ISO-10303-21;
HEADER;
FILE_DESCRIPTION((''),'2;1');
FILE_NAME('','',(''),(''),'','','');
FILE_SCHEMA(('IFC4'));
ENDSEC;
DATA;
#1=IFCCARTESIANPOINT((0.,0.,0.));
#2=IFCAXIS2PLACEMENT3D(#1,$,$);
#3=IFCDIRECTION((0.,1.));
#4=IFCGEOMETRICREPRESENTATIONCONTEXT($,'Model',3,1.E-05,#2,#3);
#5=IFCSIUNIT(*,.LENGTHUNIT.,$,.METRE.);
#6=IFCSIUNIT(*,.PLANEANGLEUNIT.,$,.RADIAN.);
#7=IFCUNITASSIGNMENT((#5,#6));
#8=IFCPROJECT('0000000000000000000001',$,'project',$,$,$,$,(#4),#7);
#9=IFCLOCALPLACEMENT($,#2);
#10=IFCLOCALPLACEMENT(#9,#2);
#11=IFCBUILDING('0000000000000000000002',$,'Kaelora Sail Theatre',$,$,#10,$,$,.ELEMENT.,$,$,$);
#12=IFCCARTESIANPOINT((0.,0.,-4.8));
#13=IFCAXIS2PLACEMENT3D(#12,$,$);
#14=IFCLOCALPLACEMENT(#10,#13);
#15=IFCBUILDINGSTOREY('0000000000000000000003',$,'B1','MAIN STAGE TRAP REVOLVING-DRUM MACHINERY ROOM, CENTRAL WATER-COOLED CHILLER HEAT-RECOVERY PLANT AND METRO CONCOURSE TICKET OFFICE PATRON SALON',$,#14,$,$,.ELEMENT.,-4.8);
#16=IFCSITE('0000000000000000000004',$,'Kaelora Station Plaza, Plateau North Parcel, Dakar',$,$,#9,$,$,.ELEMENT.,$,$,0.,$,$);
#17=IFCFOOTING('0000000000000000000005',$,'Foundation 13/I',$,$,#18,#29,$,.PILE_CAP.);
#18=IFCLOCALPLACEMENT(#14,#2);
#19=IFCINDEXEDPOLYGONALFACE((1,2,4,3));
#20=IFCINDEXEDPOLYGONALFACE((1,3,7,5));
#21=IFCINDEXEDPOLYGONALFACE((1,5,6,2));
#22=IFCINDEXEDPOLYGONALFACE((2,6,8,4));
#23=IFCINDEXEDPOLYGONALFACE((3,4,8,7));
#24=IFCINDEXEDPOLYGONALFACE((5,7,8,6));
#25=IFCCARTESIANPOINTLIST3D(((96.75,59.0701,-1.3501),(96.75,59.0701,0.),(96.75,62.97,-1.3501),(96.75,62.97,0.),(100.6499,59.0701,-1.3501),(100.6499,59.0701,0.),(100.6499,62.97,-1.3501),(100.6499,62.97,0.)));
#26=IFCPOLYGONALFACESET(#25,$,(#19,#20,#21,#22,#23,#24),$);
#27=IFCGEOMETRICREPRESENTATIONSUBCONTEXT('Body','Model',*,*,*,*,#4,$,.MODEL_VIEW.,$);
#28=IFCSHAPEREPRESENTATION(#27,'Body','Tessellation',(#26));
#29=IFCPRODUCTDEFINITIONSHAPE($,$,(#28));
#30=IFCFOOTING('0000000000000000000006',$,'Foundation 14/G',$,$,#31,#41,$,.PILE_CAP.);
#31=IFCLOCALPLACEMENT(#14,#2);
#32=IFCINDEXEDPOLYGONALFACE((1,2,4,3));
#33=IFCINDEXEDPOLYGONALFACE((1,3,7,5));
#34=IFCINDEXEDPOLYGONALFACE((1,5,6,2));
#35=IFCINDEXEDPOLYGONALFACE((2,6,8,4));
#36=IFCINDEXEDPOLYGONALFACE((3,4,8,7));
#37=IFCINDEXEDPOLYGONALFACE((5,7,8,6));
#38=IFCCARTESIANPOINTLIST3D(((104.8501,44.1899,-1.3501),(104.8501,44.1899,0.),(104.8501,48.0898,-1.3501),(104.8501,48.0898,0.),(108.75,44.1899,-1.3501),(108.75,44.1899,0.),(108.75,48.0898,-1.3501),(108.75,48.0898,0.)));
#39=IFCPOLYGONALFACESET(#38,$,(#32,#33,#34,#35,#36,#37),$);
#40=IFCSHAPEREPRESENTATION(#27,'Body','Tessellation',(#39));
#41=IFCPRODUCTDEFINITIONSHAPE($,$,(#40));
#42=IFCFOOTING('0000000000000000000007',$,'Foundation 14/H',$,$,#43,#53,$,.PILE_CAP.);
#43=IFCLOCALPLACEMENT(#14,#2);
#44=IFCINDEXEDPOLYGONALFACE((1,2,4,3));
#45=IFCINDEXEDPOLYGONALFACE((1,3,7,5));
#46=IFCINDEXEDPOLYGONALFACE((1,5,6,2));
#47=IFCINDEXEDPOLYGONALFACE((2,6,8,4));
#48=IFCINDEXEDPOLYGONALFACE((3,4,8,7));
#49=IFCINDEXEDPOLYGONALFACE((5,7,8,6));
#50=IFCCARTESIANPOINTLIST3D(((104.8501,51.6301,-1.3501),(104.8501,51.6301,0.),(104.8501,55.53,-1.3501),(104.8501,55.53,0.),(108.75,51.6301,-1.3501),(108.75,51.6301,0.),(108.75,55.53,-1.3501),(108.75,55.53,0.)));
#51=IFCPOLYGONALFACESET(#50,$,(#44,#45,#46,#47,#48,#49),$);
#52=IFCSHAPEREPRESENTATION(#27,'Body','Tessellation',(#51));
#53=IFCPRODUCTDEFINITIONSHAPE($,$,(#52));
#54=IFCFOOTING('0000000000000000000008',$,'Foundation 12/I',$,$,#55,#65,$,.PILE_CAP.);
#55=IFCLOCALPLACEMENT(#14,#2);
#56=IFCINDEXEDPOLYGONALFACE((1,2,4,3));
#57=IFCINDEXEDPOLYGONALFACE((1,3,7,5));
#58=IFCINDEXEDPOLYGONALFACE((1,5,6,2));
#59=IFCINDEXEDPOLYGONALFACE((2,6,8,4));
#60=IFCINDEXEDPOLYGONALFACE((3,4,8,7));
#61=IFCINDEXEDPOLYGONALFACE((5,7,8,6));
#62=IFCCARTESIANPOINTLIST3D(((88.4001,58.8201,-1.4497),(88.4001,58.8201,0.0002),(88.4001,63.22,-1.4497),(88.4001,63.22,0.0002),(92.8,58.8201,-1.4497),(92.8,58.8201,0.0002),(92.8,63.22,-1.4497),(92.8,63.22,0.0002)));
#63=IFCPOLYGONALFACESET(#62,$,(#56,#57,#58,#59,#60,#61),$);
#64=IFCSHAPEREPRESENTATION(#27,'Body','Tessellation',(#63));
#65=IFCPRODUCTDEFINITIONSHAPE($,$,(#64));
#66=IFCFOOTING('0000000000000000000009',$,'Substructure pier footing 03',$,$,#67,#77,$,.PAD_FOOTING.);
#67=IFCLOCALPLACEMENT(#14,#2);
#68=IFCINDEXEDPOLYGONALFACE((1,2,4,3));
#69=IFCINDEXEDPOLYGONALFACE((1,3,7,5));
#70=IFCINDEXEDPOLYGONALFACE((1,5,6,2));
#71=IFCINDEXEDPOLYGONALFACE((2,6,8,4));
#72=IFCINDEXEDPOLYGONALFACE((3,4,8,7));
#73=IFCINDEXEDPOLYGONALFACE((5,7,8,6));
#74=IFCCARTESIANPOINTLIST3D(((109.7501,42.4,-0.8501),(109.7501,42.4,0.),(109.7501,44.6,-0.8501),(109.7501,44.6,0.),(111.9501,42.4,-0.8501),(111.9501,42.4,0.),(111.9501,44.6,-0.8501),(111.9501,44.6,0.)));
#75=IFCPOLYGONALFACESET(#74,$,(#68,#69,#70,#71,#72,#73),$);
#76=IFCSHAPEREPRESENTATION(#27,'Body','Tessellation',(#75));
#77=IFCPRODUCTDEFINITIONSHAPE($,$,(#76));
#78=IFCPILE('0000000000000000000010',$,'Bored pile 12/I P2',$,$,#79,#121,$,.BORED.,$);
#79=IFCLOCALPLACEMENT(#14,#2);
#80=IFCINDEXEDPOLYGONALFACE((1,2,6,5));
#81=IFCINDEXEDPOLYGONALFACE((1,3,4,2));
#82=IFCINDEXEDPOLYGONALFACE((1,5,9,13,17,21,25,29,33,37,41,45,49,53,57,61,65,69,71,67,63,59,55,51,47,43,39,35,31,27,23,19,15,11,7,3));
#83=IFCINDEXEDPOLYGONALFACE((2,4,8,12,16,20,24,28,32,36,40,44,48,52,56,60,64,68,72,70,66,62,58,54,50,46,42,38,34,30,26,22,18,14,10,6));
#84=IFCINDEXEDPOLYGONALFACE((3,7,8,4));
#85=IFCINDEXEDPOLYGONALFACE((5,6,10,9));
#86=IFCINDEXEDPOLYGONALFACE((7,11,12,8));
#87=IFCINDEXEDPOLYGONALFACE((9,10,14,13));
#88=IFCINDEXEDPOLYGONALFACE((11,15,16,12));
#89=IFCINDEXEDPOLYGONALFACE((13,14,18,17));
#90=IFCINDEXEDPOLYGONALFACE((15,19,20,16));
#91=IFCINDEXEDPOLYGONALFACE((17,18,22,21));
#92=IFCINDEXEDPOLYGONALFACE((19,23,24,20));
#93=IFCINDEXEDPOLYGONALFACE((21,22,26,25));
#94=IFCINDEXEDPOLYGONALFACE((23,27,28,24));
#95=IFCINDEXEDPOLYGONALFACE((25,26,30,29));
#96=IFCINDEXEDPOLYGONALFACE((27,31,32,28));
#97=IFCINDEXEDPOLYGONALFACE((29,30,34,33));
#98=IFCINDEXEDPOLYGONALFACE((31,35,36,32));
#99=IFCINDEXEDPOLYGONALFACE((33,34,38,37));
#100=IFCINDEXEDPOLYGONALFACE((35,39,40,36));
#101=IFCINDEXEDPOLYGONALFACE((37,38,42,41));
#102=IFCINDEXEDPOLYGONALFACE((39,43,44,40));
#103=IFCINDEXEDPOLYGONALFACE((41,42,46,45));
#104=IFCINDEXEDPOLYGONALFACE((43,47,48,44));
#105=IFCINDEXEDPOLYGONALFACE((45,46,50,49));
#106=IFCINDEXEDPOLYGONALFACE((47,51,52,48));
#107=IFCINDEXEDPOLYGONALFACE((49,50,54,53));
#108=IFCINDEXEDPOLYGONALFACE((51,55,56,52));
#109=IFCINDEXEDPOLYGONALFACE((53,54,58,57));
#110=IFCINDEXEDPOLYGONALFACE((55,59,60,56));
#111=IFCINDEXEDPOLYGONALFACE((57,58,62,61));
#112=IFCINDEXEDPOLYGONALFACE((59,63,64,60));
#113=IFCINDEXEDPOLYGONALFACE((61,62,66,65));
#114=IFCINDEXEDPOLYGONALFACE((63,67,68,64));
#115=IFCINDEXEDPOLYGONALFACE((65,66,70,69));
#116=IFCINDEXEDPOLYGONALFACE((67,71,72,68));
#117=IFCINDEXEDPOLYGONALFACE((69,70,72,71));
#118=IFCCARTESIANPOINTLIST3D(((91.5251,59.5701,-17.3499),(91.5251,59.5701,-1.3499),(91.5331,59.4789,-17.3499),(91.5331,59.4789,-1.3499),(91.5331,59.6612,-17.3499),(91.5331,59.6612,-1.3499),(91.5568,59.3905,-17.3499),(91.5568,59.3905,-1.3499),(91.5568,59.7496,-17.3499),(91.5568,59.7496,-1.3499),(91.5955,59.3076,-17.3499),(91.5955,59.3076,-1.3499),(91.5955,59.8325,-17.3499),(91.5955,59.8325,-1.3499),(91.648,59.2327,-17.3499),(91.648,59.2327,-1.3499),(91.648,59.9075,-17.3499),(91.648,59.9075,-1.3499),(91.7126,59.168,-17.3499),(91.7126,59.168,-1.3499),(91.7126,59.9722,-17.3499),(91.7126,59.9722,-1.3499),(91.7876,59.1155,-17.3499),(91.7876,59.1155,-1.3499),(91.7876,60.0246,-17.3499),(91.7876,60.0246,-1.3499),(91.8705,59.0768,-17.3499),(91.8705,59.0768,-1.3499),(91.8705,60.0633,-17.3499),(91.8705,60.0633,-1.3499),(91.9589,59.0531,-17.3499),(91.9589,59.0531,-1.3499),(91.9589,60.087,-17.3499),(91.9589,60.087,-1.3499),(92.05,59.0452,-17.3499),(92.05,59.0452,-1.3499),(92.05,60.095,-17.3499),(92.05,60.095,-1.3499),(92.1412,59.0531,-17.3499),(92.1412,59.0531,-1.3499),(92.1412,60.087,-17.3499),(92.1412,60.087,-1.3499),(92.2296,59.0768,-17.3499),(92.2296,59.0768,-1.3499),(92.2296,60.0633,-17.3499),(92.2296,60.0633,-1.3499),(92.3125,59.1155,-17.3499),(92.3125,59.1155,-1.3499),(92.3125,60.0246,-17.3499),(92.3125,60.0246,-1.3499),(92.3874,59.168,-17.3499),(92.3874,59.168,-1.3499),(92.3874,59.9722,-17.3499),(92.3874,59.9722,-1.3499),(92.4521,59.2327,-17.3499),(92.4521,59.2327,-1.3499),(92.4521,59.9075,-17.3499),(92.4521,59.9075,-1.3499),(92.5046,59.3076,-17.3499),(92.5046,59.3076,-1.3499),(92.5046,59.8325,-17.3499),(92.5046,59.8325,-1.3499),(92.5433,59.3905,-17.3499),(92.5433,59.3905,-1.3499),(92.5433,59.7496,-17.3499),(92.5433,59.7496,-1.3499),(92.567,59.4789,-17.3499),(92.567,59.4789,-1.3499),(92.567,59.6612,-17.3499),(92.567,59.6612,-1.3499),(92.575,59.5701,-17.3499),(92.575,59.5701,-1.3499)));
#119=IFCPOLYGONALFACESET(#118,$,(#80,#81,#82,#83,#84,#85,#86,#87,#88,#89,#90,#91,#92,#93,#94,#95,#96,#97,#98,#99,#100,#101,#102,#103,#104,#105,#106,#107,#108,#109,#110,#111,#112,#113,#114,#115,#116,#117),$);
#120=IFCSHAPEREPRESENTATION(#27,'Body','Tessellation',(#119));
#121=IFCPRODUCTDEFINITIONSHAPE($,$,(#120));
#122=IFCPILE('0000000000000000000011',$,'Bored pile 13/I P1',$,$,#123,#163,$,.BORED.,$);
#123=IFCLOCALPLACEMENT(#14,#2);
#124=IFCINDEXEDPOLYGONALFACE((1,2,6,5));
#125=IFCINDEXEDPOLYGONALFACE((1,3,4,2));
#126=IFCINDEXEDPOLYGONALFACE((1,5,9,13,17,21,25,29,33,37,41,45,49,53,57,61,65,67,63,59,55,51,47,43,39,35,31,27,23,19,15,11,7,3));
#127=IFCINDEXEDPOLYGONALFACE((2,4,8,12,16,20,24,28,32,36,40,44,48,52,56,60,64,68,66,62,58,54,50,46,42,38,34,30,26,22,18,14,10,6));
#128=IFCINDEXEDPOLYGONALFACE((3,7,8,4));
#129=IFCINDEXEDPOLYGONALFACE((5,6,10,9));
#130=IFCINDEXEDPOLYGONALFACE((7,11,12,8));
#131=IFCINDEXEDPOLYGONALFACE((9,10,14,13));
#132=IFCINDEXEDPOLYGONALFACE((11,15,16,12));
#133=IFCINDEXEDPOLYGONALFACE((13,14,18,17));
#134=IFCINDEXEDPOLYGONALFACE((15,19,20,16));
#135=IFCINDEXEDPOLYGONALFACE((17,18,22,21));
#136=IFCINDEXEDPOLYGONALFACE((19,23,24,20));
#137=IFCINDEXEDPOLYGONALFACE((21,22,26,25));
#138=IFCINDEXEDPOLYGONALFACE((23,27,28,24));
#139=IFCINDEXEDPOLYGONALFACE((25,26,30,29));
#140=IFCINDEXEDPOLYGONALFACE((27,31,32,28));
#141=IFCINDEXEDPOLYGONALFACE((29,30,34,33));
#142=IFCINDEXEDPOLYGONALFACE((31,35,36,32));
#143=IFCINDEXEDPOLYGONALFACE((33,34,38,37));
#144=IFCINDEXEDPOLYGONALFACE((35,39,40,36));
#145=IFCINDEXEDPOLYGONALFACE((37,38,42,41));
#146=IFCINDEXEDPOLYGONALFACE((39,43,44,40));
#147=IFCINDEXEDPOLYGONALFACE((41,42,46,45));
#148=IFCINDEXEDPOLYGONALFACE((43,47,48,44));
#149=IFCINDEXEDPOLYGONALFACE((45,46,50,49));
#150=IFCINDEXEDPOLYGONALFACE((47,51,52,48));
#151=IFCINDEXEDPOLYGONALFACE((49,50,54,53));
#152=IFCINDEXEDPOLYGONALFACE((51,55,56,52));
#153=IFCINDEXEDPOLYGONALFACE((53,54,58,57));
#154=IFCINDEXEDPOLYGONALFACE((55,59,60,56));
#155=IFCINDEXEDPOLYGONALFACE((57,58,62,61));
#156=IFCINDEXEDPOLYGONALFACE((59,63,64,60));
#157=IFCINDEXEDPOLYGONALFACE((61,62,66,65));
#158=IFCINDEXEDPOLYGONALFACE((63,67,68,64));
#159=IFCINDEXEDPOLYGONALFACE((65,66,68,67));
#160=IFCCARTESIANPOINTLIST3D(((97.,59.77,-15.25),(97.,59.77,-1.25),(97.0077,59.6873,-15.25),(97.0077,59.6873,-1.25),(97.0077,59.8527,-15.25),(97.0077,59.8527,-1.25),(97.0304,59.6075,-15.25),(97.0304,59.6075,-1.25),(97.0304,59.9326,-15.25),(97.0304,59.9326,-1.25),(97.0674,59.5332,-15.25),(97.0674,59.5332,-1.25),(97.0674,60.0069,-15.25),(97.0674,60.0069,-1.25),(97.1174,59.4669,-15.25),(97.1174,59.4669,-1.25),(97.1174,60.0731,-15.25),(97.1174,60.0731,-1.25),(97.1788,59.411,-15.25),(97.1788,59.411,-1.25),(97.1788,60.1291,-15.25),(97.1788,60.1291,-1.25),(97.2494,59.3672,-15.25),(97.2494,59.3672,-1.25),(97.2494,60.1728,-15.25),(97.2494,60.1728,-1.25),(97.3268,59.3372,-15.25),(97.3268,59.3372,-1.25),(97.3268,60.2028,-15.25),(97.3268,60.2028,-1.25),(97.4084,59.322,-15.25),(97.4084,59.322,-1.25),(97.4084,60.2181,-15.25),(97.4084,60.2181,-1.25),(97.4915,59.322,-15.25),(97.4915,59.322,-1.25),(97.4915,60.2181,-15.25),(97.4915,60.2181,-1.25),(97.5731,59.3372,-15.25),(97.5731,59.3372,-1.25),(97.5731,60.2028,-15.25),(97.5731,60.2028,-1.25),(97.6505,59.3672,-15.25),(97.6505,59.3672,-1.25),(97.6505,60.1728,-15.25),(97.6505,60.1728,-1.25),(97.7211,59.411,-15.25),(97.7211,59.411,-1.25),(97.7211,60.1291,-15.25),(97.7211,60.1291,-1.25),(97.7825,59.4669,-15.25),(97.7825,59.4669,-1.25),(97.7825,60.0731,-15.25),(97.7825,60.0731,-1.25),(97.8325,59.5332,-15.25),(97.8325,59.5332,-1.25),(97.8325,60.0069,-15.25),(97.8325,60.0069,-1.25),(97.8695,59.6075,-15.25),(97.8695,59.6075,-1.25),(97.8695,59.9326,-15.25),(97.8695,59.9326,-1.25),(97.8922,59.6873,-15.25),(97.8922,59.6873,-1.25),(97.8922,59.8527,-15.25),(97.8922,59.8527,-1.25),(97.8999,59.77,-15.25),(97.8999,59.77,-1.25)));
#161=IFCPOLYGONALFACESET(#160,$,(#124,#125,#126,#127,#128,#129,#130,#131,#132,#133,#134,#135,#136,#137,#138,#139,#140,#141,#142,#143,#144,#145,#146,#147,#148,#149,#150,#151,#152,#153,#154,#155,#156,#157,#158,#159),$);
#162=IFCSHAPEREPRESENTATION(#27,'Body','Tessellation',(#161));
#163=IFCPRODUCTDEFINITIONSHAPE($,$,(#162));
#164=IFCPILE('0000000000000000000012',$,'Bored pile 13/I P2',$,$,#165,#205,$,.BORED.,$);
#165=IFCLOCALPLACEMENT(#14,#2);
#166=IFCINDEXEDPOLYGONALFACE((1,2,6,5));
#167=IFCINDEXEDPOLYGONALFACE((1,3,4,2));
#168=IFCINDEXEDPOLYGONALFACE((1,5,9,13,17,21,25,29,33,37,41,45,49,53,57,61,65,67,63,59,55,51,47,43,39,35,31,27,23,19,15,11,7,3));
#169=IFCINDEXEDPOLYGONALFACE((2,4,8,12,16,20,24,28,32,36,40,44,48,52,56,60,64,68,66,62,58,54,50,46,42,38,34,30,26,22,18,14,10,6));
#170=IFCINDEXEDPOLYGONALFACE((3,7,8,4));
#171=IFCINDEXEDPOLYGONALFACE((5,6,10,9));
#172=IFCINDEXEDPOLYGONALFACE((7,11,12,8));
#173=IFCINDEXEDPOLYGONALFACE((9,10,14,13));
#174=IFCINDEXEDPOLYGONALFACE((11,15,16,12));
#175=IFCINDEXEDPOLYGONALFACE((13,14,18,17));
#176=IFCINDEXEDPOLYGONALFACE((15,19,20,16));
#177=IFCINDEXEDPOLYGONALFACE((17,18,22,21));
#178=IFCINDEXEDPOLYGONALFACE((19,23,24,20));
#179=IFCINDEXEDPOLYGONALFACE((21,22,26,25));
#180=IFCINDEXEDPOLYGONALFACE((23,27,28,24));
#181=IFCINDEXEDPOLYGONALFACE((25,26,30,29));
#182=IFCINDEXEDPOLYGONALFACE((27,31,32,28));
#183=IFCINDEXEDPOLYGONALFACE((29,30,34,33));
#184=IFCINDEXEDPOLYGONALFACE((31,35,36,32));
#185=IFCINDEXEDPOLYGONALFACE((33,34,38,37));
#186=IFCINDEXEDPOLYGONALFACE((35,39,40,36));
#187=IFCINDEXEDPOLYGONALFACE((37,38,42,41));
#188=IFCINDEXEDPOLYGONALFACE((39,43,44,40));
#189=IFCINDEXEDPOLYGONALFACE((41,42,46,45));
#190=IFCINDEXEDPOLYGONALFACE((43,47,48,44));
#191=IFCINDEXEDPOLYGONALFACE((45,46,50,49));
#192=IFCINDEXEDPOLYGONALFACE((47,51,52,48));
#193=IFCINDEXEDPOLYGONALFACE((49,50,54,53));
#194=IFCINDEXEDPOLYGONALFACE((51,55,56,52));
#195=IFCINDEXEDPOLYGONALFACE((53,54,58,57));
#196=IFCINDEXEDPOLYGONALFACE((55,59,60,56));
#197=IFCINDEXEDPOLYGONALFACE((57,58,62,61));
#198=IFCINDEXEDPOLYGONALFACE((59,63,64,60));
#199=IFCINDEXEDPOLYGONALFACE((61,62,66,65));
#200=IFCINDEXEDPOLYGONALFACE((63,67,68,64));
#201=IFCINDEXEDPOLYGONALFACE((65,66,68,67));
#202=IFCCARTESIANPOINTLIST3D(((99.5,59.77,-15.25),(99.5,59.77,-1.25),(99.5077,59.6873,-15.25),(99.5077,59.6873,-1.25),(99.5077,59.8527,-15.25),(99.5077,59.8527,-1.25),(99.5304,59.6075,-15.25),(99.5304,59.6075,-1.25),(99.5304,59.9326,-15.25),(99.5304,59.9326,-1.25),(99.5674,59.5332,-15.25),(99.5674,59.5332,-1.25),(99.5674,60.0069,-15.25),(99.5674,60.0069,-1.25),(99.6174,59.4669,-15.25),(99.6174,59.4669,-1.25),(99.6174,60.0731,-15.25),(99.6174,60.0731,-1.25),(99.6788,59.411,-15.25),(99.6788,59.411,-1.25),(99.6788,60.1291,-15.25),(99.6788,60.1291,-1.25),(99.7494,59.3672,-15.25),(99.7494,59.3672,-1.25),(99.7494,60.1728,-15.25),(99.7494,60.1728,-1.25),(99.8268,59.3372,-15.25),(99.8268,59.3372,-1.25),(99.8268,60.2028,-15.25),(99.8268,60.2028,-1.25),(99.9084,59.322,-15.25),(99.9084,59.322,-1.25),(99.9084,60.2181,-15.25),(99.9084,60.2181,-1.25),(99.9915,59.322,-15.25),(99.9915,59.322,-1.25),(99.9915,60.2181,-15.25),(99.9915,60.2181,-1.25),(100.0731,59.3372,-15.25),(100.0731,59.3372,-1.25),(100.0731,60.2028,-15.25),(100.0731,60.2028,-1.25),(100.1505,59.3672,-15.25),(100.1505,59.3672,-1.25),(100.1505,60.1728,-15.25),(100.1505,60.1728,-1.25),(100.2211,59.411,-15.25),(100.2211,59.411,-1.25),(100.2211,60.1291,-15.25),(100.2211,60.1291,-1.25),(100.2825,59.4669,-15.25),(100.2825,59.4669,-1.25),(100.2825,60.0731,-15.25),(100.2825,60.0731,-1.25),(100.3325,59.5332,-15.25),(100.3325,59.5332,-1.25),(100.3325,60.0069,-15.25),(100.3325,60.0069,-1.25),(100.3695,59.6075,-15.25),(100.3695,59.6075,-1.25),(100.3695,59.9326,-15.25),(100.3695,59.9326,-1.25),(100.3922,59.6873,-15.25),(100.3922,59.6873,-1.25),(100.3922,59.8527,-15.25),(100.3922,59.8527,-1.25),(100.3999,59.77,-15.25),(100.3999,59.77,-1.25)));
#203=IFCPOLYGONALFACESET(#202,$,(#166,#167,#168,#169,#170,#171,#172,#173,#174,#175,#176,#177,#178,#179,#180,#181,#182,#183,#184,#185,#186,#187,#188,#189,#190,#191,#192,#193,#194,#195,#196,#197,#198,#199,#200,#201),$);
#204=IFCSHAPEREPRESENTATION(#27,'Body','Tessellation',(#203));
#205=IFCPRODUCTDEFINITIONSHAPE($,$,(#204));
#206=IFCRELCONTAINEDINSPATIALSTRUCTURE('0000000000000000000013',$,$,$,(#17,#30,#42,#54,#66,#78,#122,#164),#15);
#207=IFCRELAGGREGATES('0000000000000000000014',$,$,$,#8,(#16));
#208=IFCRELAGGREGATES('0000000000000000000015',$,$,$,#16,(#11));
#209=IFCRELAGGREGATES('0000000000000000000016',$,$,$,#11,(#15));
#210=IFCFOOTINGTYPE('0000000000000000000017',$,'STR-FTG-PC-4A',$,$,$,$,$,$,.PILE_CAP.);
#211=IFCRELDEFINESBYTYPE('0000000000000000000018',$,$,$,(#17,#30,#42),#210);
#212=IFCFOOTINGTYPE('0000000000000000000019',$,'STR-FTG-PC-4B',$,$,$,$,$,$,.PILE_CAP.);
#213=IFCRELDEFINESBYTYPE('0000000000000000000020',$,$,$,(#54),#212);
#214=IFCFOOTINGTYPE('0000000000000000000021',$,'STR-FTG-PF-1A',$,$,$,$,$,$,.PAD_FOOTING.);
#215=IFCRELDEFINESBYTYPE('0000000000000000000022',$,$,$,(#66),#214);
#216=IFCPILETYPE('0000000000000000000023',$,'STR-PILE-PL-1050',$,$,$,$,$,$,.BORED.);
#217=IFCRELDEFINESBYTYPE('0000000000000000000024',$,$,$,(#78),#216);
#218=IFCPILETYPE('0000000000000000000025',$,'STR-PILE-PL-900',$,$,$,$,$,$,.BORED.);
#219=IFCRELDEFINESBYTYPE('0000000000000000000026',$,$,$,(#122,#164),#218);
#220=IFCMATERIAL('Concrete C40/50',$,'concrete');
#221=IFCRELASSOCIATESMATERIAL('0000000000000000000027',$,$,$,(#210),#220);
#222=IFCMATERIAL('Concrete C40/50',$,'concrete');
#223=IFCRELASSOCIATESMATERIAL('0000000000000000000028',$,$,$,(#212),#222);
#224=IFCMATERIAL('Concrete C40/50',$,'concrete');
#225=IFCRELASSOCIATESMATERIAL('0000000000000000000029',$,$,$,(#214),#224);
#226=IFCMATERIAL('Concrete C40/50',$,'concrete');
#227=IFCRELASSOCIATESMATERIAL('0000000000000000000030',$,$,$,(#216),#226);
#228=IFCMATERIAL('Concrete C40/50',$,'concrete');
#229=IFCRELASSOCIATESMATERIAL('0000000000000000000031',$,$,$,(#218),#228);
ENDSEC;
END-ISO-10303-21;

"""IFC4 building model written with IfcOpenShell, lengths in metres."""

from ifc_helpers import new_model, si_unit, direction, frame, origin, origin_2d, place, context, subcontext, project, spatial, rectangle, circle, extrude, material, material_profile, profile_set, type_object, element, save


model = new_model("IFC4")

# Units and contexts
model_context = context("Model", 3, precision=1e-05, world=origin(), true_north=direction((0.0, 1.0)))
body_context = subcontext(model_context, "Body", "Model", "MODEL_VIEW")
ifc_project = project(units=[si_unit("LENGTHUNIT", "METRE"), si_unit("PLANEANGLEUNIT", "RADIAN")], contexts=[model_context])

# Site, building, storey
site_placement = place(None, origin())
site = spatial("IfcSite", under=ifc_project, at=site_placement, Name="Kaelora Station Plaza, Plateau North Parcel, Dakar", CompositionType="ELEMENT", RefElevation=0.0)
building_placement = place(site_placement, origin())
building = spatial("IfcBuilding", under=site, at=building_placement, Name="Kaelora Sail Theatre", CompositionType="ELEMENT")
storey_placement = place(building_placement, frame((0.0, 0.0, -4.8)))
storey = spatial("IfcBuildingStorey", under=building, at=storey_placement, Name="B1", Description="MAIN STAGE TRAP REVOLVING-DRUM MACHINERY ROOM, CENTRAL WATER-COOLED CHILLER HEAT-RECOVERY PLANT AND METRO CONCOURSE TICKET OFFICE PATRON SALON", CompositionType="ELEMENT", Elevation=-4.8)

# Footings
ifc_material_1 = material(Name="Concrete C40/50", Category="concrete")
footing_type_1 = type_object("IfcFootingType", Name="STR-FTG-PC-4A", PredefinedType="PILE_CAP", material=ifc_material_1)
for number, where, z_axis, x_axis, name in (
    (1, (98.7, 61.02, -1.3501), (0.0, 0.0, 1.0), (1.0, 0.0, 0.0), "Foundation 13/I"),
    (2, (106.8, 46.1399, -1.3501), (0.0, 0.0, 1.0), (1.0, 0.0, 0.0), "Foundation 14/G"),
    (3, (106.8, 53.5801, -1.3501), (0.0, 0.0, 1.0), (1.0, 0.0, 0.0), "Foundation 14/H"),
):
    element("IfcFooting", number, at=place(storey_placement, frame(where, z_axis=z_axis, x_axis=x_axis)), inside=storey, type_object=footing_type_1, Name=name, PredefinedType="PILE_CAP", context=body_context, shape_type="SweptSolid", body=[
        extrude(rectangle(XDim=3.8999, YDim=3.8999, at=origin_2d()), origin(), (0.0, 0.0, 1.0), 1.3501),
    ])
ifc_material_2 = material(Name="Concrete C40/50", Category="concrete")
footing_type_2 = type_object("IfcFootingType", Name="STR-FTG-PC-4B", PredefinedType="PILE_CAP", material=ifc_material_2)
footing_1_placement = place(storey_placement, frame((90.6001, 61.02, -1.4497), z_axis=(0.0, 0.0, 1.0), x_axis=(1.0, 0.0, 0.0)))
element("IfcFooting", 4, at=footing_1_placement, inside=storey, type_object=footing_type_2, Name="Foundation 12/I", PredefinedType="PILE_CAP", context=body_context, shape_type="SweptSolid", body=[
    extrude(rectangle(XDim=4.3999, YDim=4.3999, at=origin_2d()), origin(), (0.0, 0.0, 1.0), 1.45),
])
ifc_material_3 = material(Name="Concrete C40/50", Category="concrete")
footing_type_3 = type_object("IfcFootingType", Name="STR-FTG-PF-1A", PredefinedType="PAD_FOOTING", material=ifc_material_3)
footing_2_placement = place(storey_placement, frame((110.8501, 43.5, -0.8501), z_axis=(0.0, 0.0, 1.0), x_axis=(1.0, 0.0, 0.0)))
element("IfcFooting", 5, at=footing_2_placement, inside=storey, type_object=footing_type_3, Name="Substructure pier footing 03", PredefinedType="PAD_FOOTING", context=body_context, shape_type="SweptSolid", body=[
    extrude(rectangle(XDim=2.2, YDim=2.2, at=origin_2d()), origin(), (0.0, 0.0, 1.0), 0.8501),
])

# Piles
ifc_material_4 = material(Name="Concrete C40/50", Category="concrete")
ifc_material_profile_1 = material_profile(ifc_material_4, circle(Radius=0.5249, at=origin_2d()), Name="PILE D1050")
ifc_profile_set_1 = profile_set([ifc_material_profile_1], Name="Concrete C40/50")
pile_type_1 = type_object("IfcPileType", Name="STR-PILE-PL-1050", PredefinedType="BORED", material=ifc_profile_set_1)
pile_placement = place(storey_placement, frame((92.05, 59.5701, -1.3499), z_axis=(0.0, 0.0, -1.0), x_axis=(1.0, 0.0, 0.0)))
element("IfcPile", 6, at=pile_placement, inside=storey, type_object=pile_type_1, Name="Bored pile 12/I P2", PredefinedType="BORED", context=body_context, shape_type="SweptSolid", body=[
    extrude(circle(Radius=0.5249, at=origin_2d()), origin(), (0.0, 0.0, 1.0), 16.0),
])
ifc_material_5 = material(Name="Concrete C40/50", Category="concrete")
ifc_material_profile_2 = material_profile(ifc_material_5, circle(Radius=0.45, at=origin_2d()), Name="PILE D900")
ifc_profile_set_2 = profile_set([ifc_material_profile_2], Name="Concrete C40/50")
pile_type_2 = type_object("IfcPileType", Name="STR-PILE-PL-900", PredefinedType="BORED", material=ifc_profile_set_2)
for number, where, z_axis, x_axis, name in (
    (7, (97.45, 59.77, -1.25), (0.0, 0.0, -1.0), (1.0, 0.0, 0.0), "Bored pile 13/I P1"),
    (8, (99.95, 59.77, -1.25), (0.0, 0.0, -1.0), (1.0, 0.0, 0.0), "Bored pile 13/I P2"),
):
    element("IfcPile", number, at=place(storey_placement, frame(where, z_axis=z_axis, x_axis=x_axis)), inside=storey, type_object=pile_type_2, Name=name, PredefinedType="BORED", context=body_context, shape_type="SweptSolid", body=[
        extrude(circle(Radius=0.45, at=origin_2d()), origin(), (0.0, 0.0, 1.0), 14.0),
    ])

save(model, "model.ifc")
